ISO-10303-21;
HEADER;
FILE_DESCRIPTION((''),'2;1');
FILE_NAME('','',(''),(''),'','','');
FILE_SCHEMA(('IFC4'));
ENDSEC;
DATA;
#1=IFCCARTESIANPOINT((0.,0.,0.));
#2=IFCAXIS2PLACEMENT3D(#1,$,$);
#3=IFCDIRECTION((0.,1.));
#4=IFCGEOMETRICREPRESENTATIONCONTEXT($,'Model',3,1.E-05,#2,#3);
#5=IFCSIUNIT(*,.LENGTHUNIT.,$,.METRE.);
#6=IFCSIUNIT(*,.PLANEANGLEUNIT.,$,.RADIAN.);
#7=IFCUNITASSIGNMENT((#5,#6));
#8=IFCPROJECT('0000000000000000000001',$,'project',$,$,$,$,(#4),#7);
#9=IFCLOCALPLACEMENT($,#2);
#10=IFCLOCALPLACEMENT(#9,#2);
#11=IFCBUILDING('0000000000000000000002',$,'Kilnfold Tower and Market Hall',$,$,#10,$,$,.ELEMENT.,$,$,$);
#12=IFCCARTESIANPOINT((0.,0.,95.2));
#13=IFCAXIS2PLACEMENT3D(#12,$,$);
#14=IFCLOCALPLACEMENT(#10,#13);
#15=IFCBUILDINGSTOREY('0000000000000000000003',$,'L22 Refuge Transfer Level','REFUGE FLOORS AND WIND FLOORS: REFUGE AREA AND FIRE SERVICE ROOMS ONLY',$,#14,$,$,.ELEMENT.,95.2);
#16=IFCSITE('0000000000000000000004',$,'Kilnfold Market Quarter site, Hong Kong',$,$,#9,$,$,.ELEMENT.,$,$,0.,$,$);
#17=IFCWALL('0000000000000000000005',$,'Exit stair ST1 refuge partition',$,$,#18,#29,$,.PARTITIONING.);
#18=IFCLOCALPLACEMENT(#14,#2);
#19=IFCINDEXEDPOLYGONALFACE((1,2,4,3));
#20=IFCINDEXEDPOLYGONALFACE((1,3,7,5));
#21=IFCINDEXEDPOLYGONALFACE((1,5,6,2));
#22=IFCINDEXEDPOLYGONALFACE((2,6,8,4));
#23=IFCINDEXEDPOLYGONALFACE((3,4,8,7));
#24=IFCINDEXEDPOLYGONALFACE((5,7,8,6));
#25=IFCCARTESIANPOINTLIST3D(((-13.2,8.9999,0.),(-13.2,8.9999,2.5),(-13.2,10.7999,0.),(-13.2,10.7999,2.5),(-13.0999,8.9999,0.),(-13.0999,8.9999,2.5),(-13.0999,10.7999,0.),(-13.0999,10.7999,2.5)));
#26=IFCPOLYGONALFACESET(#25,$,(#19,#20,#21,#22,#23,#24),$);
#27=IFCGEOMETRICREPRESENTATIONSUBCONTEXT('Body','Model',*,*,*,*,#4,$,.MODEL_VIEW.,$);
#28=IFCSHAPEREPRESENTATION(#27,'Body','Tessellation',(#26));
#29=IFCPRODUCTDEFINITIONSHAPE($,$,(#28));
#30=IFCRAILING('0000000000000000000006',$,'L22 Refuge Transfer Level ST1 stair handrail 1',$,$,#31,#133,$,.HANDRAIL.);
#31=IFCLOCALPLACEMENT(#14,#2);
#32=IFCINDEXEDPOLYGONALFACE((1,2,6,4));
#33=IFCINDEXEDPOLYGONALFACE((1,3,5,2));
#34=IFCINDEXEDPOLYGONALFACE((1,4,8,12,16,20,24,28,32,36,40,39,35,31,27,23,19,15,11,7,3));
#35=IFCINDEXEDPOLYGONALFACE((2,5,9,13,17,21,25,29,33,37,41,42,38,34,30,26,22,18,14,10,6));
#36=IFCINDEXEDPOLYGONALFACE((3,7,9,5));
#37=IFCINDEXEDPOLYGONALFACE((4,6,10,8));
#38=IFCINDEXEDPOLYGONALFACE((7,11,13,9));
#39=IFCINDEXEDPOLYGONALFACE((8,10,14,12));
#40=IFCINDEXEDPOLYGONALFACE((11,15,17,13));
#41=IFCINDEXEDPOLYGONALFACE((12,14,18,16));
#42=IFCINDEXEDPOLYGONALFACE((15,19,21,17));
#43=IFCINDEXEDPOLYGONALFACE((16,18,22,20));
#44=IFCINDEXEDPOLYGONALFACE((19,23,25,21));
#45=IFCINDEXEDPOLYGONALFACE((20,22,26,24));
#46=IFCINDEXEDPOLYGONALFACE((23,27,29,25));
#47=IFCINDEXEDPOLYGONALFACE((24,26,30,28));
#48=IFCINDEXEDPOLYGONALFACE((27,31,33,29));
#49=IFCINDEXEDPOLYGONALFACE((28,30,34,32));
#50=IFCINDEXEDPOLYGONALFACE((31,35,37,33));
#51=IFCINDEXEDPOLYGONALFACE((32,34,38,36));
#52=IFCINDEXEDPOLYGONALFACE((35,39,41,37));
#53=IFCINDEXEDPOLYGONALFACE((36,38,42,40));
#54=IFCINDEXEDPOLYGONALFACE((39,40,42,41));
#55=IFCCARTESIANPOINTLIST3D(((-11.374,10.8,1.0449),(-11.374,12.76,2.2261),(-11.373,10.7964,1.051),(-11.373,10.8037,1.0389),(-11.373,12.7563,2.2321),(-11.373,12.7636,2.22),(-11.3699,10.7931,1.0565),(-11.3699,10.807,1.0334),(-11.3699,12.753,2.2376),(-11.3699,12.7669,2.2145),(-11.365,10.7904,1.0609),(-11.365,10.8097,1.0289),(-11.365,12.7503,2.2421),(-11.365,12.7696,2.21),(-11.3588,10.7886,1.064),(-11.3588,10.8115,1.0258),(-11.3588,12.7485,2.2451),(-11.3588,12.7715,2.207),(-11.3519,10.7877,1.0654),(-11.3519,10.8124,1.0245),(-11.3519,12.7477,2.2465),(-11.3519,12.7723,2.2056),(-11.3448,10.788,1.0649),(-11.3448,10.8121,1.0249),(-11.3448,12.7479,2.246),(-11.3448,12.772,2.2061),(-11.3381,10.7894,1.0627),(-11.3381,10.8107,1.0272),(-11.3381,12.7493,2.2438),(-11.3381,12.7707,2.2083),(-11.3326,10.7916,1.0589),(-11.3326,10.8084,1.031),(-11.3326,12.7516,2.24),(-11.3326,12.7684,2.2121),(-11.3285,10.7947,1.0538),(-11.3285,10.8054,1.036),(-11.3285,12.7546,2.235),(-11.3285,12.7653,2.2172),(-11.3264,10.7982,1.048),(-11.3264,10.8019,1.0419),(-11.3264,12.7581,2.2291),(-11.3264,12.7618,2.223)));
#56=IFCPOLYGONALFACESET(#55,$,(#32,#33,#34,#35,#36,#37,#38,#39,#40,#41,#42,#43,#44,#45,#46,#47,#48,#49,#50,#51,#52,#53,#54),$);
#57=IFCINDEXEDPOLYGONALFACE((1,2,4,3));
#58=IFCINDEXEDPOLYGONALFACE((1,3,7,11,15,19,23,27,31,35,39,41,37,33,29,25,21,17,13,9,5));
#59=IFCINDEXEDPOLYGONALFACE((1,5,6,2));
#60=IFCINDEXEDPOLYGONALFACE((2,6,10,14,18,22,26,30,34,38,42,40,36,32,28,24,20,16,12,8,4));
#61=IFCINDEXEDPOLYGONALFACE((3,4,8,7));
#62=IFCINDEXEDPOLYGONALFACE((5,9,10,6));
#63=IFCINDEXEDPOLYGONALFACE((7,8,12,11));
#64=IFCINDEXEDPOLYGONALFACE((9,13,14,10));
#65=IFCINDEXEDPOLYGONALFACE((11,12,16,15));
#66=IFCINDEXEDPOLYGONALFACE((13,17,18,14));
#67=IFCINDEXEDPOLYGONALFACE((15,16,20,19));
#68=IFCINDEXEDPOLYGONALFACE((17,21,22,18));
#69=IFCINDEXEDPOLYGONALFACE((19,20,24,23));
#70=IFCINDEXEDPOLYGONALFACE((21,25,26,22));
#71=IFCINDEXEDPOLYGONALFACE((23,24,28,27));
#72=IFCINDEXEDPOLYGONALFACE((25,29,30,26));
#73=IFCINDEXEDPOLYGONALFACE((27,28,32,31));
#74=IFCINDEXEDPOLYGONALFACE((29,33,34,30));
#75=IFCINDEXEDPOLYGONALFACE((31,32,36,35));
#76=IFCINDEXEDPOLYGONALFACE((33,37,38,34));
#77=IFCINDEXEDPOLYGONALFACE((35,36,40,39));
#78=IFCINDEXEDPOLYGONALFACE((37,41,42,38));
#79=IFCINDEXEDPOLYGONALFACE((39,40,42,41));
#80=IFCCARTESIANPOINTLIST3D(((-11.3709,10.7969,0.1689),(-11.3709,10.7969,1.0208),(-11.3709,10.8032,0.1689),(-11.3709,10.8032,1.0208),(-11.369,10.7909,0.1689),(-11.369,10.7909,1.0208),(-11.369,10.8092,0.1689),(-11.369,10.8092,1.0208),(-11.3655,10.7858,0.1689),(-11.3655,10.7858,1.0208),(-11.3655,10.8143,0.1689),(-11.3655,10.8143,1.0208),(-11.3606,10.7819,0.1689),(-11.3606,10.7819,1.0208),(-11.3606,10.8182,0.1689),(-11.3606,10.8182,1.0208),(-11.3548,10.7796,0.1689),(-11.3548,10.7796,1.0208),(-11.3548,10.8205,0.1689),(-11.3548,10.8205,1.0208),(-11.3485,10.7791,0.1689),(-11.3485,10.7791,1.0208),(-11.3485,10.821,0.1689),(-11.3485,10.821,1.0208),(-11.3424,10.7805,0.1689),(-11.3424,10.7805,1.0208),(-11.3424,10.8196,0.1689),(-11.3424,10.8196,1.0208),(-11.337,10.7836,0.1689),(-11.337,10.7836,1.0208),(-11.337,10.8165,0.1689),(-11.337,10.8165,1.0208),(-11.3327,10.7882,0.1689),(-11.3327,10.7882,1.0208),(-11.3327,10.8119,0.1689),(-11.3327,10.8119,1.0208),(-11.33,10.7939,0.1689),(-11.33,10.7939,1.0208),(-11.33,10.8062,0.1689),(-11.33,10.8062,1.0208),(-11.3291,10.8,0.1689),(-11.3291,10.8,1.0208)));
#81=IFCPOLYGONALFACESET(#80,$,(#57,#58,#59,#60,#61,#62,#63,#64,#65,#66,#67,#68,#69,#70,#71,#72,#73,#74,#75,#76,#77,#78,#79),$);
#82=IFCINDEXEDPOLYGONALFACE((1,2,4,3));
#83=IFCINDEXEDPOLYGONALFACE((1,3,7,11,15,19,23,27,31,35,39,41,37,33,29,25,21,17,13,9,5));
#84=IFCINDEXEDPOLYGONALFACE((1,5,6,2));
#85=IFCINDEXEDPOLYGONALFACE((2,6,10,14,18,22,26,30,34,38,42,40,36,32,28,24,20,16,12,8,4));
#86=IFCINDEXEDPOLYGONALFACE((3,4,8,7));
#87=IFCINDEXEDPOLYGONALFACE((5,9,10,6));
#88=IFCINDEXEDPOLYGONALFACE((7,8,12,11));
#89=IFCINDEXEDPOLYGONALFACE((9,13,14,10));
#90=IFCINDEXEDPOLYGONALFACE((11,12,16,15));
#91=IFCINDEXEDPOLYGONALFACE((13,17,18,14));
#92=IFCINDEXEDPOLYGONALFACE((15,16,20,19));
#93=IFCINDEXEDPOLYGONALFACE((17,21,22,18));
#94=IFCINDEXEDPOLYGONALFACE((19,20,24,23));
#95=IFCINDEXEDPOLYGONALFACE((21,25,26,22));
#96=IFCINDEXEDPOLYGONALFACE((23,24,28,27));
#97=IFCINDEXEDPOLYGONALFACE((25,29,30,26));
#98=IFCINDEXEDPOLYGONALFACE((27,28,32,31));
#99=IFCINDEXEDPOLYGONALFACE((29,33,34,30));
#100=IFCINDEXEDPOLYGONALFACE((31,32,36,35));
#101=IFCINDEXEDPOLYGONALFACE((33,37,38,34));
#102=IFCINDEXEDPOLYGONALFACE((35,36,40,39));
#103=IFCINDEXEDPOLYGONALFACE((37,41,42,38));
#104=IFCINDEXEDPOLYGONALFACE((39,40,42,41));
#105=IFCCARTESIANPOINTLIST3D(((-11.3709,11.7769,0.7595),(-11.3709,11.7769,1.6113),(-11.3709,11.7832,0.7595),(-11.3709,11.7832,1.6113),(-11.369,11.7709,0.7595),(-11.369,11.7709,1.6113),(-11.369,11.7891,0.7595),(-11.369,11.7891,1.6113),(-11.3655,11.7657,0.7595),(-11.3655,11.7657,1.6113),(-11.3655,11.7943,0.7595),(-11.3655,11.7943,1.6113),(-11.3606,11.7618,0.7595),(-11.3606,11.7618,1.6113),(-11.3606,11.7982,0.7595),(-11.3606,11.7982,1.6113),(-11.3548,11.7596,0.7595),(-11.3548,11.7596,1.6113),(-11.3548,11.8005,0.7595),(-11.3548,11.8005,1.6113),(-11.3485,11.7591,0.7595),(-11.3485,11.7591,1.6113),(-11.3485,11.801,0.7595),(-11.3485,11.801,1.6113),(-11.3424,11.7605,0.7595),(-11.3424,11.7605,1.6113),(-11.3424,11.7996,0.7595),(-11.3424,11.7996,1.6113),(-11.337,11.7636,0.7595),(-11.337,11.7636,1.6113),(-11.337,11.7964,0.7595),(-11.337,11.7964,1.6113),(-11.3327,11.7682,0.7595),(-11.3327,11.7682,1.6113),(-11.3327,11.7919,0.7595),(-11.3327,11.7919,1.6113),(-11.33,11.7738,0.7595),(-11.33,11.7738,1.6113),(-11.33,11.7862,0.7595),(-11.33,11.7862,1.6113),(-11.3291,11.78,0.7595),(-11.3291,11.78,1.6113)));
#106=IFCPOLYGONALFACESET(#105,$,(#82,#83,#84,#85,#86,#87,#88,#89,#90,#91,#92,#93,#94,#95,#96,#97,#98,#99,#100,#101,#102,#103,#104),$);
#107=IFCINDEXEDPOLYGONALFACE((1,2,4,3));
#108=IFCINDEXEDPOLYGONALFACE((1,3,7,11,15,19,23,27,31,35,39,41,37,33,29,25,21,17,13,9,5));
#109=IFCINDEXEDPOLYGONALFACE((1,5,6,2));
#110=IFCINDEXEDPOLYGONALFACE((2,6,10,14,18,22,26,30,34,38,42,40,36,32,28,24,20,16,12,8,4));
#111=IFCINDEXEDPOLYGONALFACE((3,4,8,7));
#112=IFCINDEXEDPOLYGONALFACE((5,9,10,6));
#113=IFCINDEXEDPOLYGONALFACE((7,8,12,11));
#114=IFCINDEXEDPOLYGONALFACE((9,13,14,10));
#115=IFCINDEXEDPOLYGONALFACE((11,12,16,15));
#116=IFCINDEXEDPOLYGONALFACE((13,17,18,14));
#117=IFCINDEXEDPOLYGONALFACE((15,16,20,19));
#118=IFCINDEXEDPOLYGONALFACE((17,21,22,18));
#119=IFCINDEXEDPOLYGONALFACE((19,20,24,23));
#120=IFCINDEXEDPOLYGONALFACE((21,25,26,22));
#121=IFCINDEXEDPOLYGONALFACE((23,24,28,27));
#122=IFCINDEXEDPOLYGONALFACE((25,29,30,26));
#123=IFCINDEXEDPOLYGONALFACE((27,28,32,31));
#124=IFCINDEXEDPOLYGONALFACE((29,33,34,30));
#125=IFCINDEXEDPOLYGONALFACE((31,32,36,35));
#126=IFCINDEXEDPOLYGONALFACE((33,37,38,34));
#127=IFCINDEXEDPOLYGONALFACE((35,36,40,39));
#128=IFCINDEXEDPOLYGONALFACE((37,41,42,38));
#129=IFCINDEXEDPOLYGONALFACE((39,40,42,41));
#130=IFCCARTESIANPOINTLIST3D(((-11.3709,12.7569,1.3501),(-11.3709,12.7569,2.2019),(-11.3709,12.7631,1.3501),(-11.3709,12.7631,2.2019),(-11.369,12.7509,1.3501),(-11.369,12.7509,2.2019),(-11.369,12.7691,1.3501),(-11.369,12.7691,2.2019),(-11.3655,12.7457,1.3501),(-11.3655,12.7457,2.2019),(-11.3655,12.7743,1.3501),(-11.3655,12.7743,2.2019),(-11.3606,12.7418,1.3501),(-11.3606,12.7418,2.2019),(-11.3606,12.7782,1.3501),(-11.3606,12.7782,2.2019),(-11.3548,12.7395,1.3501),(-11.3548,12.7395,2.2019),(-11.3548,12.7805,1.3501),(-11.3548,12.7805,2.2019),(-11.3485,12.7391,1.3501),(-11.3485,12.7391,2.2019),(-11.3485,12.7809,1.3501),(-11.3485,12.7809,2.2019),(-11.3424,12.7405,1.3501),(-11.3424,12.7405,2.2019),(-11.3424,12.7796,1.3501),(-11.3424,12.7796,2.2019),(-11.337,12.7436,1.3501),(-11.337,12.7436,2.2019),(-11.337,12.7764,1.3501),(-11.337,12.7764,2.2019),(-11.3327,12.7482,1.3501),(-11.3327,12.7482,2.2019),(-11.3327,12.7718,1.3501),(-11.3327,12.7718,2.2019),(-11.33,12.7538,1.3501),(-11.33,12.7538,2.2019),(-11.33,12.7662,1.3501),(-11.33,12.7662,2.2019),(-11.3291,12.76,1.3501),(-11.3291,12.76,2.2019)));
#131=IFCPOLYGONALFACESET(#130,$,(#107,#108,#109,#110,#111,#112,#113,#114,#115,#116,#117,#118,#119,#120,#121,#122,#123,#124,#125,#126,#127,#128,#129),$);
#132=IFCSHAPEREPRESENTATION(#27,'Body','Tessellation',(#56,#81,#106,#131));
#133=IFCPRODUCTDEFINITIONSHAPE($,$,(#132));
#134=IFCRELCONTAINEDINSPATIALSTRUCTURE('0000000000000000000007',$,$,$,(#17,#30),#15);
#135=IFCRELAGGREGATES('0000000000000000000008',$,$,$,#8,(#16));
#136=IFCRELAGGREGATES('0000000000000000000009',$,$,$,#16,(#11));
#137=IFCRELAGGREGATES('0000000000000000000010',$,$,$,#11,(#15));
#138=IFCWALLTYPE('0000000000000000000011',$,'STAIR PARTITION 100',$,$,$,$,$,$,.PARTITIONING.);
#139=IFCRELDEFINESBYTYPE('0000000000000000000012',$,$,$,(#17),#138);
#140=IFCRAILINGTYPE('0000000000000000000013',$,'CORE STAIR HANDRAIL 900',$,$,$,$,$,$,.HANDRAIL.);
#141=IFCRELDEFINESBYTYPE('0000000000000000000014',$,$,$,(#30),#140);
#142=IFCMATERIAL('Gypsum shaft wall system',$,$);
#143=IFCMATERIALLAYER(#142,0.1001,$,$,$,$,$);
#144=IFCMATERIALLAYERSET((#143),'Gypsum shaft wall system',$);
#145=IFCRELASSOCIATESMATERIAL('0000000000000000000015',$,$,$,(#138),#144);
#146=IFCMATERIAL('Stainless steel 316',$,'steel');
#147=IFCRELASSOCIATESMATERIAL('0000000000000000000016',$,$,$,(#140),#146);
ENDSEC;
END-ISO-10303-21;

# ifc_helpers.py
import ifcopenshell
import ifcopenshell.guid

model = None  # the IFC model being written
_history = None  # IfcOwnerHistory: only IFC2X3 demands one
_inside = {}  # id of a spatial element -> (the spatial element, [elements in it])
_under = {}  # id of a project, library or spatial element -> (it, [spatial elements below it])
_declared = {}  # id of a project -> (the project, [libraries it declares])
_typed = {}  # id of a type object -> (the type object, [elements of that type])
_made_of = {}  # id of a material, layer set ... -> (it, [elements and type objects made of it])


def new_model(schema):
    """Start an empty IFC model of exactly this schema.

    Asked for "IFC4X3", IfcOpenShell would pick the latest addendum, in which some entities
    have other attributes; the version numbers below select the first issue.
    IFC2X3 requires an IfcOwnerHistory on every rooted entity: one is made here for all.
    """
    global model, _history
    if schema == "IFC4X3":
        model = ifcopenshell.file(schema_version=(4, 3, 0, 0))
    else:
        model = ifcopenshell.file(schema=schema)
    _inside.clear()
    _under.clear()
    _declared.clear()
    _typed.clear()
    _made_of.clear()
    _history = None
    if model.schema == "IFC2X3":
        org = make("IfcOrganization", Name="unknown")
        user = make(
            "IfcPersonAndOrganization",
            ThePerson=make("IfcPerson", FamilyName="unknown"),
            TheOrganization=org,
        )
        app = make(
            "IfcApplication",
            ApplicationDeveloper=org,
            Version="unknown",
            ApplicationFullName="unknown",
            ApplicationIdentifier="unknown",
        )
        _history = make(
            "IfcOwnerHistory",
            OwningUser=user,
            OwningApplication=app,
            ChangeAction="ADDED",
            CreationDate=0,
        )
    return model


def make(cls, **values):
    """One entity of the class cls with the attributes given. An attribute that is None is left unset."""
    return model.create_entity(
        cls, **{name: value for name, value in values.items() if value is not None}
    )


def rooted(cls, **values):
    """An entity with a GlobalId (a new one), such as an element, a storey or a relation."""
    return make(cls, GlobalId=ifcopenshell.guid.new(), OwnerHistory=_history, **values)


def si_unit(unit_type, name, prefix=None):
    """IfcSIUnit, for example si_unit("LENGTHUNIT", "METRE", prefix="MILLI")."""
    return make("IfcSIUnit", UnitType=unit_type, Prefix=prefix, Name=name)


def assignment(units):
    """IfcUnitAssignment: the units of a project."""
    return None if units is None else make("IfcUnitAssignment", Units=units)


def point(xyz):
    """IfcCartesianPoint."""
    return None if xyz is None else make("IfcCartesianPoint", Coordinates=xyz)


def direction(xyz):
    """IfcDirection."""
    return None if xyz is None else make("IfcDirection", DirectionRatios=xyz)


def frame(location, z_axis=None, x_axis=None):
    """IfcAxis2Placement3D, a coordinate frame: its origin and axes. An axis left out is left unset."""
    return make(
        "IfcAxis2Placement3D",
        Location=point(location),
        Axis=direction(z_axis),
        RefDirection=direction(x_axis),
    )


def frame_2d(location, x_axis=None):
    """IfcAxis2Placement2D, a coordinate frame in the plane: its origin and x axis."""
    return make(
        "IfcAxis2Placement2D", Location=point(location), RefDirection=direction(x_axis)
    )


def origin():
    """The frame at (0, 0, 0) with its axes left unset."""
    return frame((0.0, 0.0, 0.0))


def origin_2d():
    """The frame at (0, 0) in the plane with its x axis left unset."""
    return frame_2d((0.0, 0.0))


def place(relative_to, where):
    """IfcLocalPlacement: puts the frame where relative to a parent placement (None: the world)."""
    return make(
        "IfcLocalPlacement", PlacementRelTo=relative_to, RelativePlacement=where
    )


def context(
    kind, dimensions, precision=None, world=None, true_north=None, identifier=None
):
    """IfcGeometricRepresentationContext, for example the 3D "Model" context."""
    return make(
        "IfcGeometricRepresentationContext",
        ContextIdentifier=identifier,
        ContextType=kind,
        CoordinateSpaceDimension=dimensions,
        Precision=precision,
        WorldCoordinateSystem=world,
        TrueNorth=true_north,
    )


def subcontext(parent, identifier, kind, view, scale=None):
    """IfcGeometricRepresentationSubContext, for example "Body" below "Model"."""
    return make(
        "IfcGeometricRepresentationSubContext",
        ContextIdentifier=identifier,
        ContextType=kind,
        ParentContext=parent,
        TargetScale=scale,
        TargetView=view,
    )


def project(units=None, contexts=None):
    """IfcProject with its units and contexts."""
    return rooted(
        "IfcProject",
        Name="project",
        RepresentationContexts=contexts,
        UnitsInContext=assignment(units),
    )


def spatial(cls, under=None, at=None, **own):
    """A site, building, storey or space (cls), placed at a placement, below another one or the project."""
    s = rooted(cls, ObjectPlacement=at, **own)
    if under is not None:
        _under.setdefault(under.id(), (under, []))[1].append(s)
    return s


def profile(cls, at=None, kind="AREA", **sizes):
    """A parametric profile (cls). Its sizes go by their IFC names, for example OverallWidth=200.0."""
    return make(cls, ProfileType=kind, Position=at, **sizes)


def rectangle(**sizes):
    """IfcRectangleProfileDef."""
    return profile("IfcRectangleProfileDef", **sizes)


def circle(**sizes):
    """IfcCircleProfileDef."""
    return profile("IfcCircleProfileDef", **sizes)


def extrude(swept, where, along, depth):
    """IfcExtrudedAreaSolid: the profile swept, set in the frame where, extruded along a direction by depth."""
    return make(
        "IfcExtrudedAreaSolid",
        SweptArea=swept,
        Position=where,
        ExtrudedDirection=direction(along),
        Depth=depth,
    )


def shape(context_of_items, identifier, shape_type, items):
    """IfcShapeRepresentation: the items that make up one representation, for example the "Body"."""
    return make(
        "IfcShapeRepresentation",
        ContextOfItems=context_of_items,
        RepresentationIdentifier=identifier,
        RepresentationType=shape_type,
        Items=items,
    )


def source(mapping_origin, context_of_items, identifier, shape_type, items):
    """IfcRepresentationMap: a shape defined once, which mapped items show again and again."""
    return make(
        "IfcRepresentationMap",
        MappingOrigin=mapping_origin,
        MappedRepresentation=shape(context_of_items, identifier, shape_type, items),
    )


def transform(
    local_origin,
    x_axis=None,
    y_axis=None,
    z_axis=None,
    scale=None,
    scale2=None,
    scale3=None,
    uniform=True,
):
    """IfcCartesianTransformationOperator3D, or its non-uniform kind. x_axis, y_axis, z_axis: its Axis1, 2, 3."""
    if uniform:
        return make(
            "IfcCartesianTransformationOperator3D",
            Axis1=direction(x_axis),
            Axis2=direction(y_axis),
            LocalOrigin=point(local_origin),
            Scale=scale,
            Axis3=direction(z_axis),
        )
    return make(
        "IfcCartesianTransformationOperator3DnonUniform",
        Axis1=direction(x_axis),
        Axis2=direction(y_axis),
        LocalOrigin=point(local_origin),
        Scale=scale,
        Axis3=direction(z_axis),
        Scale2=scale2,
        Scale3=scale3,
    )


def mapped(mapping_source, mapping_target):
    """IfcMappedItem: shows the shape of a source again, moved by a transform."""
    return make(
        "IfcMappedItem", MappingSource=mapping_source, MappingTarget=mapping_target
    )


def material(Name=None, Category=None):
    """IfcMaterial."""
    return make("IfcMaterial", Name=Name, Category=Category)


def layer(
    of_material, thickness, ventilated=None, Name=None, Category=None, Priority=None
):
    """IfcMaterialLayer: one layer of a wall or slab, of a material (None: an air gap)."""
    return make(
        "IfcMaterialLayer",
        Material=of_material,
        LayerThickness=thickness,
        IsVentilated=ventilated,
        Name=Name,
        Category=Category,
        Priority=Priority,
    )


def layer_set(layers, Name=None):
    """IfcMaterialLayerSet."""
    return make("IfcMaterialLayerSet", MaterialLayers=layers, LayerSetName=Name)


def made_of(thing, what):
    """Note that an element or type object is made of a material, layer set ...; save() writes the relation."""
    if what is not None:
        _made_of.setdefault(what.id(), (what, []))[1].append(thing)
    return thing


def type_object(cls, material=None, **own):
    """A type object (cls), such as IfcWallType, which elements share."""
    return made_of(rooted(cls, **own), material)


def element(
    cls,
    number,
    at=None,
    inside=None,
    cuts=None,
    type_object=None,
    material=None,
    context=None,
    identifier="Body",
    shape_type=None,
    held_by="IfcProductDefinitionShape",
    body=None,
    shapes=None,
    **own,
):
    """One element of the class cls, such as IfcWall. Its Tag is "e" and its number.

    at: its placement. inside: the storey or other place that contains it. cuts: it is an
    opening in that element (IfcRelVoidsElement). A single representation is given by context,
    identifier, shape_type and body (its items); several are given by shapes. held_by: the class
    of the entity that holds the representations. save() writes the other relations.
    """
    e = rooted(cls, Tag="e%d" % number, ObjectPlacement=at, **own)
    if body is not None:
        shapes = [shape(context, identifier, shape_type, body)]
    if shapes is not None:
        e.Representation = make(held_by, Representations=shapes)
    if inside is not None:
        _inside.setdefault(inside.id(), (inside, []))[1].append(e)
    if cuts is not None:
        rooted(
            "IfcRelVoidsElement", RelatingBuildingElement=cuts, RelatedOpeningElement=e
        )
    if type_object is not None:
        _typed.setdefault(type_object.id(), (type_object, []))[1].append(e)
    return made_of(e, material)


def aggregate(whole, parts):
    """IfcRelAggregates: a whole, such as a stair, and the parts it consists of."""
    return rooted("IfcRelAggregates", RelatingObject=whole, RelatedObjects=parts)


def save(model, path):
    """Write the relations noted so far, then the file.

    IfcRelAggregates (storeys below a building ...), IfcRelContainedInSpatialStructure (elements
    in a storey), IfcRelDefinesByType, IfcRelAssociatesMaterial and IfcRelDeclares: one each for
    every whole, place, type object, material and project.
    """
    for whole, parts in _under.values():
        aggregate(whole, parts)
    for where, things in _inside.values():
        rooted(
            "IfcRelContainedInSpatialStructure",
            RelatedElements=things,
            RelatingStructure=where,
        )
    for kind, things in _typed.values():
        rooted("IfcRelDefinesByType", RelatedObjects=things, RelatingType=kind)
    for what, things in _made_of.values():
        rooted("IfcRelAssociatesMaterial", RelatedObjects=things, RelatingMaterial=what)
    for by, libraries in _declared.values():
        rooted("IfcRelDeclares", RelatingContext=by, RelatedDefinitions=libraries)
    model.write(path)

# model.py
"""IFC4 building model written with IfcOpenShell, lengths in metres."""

from ifc_helpers import new_model, si_unit, direction, frame, frame_2d, origin, origin_2d, place, context, subcontext, project, spatial, rectangle, circle, extrude, source, transform, mapped, material, layer, layer_set, type_object, element, save


model = new_model("IFC4")

# Units and contexts
model_context = context("Model", 3, precision=1e-05, world=origin(), true_north=direction((0.0, 1.0)))
body_context = subcontext(model_context, "Body", "Model", "MODEL_VIEW")
ifc_project = project(units=[si_unit("LENGTHUNIT", "METRE"), si_unit("PLANEANGLEUNIT", "RADIAN")], contexts=[model_context])

# Site, building, storey
site_placement = place(None, origin())
site = spatial("IfcSite", under=ifc_project, at=site_placement, Name="Kilnfold Market Quarter site, Hong Kong", CompositionType="ELEMENT", RefElevation=0.0)
building_placement = place(site_placement, origin())
building = spatial("IfcBuilding", under=site, at=building_placement, Name="Kilnfold Tower and Market Hall", CompositionType="ELEMENT")
storey_placement = place(building_placement, frame((0.0, 0.0, 95.2)))
storey = spatial("IfcBuildingStorey", under=building, at=storey_placement, Name="L22 Refuge Transfer Level", Description="REFUGE FLOORS AND WIND FLOORS: REFUGE AREA AND FIRE SERVICE ROOMS ONLY", CompositionType="ELEMENT", Elevation=95.2)

# Wall
ifc_material_1 = material(Name="Gypsum shaft wall system")
ifc_layer_1 = layer(ifc_material_1, 0.1001)
ifc_layer_set_1 = layer_set([ifc_layer_1], Name="Gypsum shaft wall system")
wall_type_1 = type_object("IfcWallType", Name="STAIR PARTITION 100", PredefinedType="PARTITIONING", material=ifc_layer_set_1)
shared_shape_1 = source(origin(), body_context, "Body", "SweptSolid", [
    extrude(rectangle(XDim=1.8, YDim=0.1001, at=frame_2d((0.8999, 0.0))), origin(), (0.0, 0.0, 1.0), 2.5),
])
wall_1_placement = place(storey_placement, frame((-13.1499, 9.0, 0.0), z_axis=(0.0, 0.0, 1.0), x_axis=(0.0, 1.0, 0.0)))
element("IfcWall", 1, at=wall_1_placement, inside=storey, type_object=wall_type_1, Name="Exit stair ST1 refuge partition", PredefinedType="PARTITIONING", context=body_context, shape_type="MappedRepresentation", body=[
    mapped(shared_shape_1, transform((0.0, 0.0, 0.0))),
])

# Railing
ifc_material_2 = material(Name="Stainless steel 316", Category="steel")
railing_type_1 = type_object("IfcRailingType", Name="CORE STAIR HANDRAIL 900", PredefinedType="HANDRAIL", material=ifc_material_2)
railing_1_placement = place(storey_placement, frame((-11.3501, 10.8, 0.1689)))
element("IfcRailing", 2, at=railing_1_placement, inside=storey, type_object=railing_type_1, Name="L22 Refuge Transfer Level ST1 stair handrail 1", PredefinedType="HANDRAIL", context=body_context, shape_type="SweptSolid", body=[
    extrude(circle(Radius=0.0239, at=origin_2d()), frame((0.0, 0.0, 0.876), z_axis=(0.0, 0.856493, 0.516158), x_axis=(-1.0, 0.0, 0.0)), (0.0, 0.0, 1.0), 2.2883),
    extrude(circle(Radius=0.021, at=origin_2d()), origin(), (0.0, 0.0, 1.0), 0.8518),
    extrude(circle(Radius=0.021, at=origin_2d()), frame((0.0, 0.98, 0.5906)), (0.0, 0.0, 1.0), 0.8518),
    extrude(circle(Radius=0.021, at=origin_2d()), frame((0.0, 1.96, 1.1812)), (0.0, 0.0, 1.0), 0.8518),
])

save(model, "model.ifc")
